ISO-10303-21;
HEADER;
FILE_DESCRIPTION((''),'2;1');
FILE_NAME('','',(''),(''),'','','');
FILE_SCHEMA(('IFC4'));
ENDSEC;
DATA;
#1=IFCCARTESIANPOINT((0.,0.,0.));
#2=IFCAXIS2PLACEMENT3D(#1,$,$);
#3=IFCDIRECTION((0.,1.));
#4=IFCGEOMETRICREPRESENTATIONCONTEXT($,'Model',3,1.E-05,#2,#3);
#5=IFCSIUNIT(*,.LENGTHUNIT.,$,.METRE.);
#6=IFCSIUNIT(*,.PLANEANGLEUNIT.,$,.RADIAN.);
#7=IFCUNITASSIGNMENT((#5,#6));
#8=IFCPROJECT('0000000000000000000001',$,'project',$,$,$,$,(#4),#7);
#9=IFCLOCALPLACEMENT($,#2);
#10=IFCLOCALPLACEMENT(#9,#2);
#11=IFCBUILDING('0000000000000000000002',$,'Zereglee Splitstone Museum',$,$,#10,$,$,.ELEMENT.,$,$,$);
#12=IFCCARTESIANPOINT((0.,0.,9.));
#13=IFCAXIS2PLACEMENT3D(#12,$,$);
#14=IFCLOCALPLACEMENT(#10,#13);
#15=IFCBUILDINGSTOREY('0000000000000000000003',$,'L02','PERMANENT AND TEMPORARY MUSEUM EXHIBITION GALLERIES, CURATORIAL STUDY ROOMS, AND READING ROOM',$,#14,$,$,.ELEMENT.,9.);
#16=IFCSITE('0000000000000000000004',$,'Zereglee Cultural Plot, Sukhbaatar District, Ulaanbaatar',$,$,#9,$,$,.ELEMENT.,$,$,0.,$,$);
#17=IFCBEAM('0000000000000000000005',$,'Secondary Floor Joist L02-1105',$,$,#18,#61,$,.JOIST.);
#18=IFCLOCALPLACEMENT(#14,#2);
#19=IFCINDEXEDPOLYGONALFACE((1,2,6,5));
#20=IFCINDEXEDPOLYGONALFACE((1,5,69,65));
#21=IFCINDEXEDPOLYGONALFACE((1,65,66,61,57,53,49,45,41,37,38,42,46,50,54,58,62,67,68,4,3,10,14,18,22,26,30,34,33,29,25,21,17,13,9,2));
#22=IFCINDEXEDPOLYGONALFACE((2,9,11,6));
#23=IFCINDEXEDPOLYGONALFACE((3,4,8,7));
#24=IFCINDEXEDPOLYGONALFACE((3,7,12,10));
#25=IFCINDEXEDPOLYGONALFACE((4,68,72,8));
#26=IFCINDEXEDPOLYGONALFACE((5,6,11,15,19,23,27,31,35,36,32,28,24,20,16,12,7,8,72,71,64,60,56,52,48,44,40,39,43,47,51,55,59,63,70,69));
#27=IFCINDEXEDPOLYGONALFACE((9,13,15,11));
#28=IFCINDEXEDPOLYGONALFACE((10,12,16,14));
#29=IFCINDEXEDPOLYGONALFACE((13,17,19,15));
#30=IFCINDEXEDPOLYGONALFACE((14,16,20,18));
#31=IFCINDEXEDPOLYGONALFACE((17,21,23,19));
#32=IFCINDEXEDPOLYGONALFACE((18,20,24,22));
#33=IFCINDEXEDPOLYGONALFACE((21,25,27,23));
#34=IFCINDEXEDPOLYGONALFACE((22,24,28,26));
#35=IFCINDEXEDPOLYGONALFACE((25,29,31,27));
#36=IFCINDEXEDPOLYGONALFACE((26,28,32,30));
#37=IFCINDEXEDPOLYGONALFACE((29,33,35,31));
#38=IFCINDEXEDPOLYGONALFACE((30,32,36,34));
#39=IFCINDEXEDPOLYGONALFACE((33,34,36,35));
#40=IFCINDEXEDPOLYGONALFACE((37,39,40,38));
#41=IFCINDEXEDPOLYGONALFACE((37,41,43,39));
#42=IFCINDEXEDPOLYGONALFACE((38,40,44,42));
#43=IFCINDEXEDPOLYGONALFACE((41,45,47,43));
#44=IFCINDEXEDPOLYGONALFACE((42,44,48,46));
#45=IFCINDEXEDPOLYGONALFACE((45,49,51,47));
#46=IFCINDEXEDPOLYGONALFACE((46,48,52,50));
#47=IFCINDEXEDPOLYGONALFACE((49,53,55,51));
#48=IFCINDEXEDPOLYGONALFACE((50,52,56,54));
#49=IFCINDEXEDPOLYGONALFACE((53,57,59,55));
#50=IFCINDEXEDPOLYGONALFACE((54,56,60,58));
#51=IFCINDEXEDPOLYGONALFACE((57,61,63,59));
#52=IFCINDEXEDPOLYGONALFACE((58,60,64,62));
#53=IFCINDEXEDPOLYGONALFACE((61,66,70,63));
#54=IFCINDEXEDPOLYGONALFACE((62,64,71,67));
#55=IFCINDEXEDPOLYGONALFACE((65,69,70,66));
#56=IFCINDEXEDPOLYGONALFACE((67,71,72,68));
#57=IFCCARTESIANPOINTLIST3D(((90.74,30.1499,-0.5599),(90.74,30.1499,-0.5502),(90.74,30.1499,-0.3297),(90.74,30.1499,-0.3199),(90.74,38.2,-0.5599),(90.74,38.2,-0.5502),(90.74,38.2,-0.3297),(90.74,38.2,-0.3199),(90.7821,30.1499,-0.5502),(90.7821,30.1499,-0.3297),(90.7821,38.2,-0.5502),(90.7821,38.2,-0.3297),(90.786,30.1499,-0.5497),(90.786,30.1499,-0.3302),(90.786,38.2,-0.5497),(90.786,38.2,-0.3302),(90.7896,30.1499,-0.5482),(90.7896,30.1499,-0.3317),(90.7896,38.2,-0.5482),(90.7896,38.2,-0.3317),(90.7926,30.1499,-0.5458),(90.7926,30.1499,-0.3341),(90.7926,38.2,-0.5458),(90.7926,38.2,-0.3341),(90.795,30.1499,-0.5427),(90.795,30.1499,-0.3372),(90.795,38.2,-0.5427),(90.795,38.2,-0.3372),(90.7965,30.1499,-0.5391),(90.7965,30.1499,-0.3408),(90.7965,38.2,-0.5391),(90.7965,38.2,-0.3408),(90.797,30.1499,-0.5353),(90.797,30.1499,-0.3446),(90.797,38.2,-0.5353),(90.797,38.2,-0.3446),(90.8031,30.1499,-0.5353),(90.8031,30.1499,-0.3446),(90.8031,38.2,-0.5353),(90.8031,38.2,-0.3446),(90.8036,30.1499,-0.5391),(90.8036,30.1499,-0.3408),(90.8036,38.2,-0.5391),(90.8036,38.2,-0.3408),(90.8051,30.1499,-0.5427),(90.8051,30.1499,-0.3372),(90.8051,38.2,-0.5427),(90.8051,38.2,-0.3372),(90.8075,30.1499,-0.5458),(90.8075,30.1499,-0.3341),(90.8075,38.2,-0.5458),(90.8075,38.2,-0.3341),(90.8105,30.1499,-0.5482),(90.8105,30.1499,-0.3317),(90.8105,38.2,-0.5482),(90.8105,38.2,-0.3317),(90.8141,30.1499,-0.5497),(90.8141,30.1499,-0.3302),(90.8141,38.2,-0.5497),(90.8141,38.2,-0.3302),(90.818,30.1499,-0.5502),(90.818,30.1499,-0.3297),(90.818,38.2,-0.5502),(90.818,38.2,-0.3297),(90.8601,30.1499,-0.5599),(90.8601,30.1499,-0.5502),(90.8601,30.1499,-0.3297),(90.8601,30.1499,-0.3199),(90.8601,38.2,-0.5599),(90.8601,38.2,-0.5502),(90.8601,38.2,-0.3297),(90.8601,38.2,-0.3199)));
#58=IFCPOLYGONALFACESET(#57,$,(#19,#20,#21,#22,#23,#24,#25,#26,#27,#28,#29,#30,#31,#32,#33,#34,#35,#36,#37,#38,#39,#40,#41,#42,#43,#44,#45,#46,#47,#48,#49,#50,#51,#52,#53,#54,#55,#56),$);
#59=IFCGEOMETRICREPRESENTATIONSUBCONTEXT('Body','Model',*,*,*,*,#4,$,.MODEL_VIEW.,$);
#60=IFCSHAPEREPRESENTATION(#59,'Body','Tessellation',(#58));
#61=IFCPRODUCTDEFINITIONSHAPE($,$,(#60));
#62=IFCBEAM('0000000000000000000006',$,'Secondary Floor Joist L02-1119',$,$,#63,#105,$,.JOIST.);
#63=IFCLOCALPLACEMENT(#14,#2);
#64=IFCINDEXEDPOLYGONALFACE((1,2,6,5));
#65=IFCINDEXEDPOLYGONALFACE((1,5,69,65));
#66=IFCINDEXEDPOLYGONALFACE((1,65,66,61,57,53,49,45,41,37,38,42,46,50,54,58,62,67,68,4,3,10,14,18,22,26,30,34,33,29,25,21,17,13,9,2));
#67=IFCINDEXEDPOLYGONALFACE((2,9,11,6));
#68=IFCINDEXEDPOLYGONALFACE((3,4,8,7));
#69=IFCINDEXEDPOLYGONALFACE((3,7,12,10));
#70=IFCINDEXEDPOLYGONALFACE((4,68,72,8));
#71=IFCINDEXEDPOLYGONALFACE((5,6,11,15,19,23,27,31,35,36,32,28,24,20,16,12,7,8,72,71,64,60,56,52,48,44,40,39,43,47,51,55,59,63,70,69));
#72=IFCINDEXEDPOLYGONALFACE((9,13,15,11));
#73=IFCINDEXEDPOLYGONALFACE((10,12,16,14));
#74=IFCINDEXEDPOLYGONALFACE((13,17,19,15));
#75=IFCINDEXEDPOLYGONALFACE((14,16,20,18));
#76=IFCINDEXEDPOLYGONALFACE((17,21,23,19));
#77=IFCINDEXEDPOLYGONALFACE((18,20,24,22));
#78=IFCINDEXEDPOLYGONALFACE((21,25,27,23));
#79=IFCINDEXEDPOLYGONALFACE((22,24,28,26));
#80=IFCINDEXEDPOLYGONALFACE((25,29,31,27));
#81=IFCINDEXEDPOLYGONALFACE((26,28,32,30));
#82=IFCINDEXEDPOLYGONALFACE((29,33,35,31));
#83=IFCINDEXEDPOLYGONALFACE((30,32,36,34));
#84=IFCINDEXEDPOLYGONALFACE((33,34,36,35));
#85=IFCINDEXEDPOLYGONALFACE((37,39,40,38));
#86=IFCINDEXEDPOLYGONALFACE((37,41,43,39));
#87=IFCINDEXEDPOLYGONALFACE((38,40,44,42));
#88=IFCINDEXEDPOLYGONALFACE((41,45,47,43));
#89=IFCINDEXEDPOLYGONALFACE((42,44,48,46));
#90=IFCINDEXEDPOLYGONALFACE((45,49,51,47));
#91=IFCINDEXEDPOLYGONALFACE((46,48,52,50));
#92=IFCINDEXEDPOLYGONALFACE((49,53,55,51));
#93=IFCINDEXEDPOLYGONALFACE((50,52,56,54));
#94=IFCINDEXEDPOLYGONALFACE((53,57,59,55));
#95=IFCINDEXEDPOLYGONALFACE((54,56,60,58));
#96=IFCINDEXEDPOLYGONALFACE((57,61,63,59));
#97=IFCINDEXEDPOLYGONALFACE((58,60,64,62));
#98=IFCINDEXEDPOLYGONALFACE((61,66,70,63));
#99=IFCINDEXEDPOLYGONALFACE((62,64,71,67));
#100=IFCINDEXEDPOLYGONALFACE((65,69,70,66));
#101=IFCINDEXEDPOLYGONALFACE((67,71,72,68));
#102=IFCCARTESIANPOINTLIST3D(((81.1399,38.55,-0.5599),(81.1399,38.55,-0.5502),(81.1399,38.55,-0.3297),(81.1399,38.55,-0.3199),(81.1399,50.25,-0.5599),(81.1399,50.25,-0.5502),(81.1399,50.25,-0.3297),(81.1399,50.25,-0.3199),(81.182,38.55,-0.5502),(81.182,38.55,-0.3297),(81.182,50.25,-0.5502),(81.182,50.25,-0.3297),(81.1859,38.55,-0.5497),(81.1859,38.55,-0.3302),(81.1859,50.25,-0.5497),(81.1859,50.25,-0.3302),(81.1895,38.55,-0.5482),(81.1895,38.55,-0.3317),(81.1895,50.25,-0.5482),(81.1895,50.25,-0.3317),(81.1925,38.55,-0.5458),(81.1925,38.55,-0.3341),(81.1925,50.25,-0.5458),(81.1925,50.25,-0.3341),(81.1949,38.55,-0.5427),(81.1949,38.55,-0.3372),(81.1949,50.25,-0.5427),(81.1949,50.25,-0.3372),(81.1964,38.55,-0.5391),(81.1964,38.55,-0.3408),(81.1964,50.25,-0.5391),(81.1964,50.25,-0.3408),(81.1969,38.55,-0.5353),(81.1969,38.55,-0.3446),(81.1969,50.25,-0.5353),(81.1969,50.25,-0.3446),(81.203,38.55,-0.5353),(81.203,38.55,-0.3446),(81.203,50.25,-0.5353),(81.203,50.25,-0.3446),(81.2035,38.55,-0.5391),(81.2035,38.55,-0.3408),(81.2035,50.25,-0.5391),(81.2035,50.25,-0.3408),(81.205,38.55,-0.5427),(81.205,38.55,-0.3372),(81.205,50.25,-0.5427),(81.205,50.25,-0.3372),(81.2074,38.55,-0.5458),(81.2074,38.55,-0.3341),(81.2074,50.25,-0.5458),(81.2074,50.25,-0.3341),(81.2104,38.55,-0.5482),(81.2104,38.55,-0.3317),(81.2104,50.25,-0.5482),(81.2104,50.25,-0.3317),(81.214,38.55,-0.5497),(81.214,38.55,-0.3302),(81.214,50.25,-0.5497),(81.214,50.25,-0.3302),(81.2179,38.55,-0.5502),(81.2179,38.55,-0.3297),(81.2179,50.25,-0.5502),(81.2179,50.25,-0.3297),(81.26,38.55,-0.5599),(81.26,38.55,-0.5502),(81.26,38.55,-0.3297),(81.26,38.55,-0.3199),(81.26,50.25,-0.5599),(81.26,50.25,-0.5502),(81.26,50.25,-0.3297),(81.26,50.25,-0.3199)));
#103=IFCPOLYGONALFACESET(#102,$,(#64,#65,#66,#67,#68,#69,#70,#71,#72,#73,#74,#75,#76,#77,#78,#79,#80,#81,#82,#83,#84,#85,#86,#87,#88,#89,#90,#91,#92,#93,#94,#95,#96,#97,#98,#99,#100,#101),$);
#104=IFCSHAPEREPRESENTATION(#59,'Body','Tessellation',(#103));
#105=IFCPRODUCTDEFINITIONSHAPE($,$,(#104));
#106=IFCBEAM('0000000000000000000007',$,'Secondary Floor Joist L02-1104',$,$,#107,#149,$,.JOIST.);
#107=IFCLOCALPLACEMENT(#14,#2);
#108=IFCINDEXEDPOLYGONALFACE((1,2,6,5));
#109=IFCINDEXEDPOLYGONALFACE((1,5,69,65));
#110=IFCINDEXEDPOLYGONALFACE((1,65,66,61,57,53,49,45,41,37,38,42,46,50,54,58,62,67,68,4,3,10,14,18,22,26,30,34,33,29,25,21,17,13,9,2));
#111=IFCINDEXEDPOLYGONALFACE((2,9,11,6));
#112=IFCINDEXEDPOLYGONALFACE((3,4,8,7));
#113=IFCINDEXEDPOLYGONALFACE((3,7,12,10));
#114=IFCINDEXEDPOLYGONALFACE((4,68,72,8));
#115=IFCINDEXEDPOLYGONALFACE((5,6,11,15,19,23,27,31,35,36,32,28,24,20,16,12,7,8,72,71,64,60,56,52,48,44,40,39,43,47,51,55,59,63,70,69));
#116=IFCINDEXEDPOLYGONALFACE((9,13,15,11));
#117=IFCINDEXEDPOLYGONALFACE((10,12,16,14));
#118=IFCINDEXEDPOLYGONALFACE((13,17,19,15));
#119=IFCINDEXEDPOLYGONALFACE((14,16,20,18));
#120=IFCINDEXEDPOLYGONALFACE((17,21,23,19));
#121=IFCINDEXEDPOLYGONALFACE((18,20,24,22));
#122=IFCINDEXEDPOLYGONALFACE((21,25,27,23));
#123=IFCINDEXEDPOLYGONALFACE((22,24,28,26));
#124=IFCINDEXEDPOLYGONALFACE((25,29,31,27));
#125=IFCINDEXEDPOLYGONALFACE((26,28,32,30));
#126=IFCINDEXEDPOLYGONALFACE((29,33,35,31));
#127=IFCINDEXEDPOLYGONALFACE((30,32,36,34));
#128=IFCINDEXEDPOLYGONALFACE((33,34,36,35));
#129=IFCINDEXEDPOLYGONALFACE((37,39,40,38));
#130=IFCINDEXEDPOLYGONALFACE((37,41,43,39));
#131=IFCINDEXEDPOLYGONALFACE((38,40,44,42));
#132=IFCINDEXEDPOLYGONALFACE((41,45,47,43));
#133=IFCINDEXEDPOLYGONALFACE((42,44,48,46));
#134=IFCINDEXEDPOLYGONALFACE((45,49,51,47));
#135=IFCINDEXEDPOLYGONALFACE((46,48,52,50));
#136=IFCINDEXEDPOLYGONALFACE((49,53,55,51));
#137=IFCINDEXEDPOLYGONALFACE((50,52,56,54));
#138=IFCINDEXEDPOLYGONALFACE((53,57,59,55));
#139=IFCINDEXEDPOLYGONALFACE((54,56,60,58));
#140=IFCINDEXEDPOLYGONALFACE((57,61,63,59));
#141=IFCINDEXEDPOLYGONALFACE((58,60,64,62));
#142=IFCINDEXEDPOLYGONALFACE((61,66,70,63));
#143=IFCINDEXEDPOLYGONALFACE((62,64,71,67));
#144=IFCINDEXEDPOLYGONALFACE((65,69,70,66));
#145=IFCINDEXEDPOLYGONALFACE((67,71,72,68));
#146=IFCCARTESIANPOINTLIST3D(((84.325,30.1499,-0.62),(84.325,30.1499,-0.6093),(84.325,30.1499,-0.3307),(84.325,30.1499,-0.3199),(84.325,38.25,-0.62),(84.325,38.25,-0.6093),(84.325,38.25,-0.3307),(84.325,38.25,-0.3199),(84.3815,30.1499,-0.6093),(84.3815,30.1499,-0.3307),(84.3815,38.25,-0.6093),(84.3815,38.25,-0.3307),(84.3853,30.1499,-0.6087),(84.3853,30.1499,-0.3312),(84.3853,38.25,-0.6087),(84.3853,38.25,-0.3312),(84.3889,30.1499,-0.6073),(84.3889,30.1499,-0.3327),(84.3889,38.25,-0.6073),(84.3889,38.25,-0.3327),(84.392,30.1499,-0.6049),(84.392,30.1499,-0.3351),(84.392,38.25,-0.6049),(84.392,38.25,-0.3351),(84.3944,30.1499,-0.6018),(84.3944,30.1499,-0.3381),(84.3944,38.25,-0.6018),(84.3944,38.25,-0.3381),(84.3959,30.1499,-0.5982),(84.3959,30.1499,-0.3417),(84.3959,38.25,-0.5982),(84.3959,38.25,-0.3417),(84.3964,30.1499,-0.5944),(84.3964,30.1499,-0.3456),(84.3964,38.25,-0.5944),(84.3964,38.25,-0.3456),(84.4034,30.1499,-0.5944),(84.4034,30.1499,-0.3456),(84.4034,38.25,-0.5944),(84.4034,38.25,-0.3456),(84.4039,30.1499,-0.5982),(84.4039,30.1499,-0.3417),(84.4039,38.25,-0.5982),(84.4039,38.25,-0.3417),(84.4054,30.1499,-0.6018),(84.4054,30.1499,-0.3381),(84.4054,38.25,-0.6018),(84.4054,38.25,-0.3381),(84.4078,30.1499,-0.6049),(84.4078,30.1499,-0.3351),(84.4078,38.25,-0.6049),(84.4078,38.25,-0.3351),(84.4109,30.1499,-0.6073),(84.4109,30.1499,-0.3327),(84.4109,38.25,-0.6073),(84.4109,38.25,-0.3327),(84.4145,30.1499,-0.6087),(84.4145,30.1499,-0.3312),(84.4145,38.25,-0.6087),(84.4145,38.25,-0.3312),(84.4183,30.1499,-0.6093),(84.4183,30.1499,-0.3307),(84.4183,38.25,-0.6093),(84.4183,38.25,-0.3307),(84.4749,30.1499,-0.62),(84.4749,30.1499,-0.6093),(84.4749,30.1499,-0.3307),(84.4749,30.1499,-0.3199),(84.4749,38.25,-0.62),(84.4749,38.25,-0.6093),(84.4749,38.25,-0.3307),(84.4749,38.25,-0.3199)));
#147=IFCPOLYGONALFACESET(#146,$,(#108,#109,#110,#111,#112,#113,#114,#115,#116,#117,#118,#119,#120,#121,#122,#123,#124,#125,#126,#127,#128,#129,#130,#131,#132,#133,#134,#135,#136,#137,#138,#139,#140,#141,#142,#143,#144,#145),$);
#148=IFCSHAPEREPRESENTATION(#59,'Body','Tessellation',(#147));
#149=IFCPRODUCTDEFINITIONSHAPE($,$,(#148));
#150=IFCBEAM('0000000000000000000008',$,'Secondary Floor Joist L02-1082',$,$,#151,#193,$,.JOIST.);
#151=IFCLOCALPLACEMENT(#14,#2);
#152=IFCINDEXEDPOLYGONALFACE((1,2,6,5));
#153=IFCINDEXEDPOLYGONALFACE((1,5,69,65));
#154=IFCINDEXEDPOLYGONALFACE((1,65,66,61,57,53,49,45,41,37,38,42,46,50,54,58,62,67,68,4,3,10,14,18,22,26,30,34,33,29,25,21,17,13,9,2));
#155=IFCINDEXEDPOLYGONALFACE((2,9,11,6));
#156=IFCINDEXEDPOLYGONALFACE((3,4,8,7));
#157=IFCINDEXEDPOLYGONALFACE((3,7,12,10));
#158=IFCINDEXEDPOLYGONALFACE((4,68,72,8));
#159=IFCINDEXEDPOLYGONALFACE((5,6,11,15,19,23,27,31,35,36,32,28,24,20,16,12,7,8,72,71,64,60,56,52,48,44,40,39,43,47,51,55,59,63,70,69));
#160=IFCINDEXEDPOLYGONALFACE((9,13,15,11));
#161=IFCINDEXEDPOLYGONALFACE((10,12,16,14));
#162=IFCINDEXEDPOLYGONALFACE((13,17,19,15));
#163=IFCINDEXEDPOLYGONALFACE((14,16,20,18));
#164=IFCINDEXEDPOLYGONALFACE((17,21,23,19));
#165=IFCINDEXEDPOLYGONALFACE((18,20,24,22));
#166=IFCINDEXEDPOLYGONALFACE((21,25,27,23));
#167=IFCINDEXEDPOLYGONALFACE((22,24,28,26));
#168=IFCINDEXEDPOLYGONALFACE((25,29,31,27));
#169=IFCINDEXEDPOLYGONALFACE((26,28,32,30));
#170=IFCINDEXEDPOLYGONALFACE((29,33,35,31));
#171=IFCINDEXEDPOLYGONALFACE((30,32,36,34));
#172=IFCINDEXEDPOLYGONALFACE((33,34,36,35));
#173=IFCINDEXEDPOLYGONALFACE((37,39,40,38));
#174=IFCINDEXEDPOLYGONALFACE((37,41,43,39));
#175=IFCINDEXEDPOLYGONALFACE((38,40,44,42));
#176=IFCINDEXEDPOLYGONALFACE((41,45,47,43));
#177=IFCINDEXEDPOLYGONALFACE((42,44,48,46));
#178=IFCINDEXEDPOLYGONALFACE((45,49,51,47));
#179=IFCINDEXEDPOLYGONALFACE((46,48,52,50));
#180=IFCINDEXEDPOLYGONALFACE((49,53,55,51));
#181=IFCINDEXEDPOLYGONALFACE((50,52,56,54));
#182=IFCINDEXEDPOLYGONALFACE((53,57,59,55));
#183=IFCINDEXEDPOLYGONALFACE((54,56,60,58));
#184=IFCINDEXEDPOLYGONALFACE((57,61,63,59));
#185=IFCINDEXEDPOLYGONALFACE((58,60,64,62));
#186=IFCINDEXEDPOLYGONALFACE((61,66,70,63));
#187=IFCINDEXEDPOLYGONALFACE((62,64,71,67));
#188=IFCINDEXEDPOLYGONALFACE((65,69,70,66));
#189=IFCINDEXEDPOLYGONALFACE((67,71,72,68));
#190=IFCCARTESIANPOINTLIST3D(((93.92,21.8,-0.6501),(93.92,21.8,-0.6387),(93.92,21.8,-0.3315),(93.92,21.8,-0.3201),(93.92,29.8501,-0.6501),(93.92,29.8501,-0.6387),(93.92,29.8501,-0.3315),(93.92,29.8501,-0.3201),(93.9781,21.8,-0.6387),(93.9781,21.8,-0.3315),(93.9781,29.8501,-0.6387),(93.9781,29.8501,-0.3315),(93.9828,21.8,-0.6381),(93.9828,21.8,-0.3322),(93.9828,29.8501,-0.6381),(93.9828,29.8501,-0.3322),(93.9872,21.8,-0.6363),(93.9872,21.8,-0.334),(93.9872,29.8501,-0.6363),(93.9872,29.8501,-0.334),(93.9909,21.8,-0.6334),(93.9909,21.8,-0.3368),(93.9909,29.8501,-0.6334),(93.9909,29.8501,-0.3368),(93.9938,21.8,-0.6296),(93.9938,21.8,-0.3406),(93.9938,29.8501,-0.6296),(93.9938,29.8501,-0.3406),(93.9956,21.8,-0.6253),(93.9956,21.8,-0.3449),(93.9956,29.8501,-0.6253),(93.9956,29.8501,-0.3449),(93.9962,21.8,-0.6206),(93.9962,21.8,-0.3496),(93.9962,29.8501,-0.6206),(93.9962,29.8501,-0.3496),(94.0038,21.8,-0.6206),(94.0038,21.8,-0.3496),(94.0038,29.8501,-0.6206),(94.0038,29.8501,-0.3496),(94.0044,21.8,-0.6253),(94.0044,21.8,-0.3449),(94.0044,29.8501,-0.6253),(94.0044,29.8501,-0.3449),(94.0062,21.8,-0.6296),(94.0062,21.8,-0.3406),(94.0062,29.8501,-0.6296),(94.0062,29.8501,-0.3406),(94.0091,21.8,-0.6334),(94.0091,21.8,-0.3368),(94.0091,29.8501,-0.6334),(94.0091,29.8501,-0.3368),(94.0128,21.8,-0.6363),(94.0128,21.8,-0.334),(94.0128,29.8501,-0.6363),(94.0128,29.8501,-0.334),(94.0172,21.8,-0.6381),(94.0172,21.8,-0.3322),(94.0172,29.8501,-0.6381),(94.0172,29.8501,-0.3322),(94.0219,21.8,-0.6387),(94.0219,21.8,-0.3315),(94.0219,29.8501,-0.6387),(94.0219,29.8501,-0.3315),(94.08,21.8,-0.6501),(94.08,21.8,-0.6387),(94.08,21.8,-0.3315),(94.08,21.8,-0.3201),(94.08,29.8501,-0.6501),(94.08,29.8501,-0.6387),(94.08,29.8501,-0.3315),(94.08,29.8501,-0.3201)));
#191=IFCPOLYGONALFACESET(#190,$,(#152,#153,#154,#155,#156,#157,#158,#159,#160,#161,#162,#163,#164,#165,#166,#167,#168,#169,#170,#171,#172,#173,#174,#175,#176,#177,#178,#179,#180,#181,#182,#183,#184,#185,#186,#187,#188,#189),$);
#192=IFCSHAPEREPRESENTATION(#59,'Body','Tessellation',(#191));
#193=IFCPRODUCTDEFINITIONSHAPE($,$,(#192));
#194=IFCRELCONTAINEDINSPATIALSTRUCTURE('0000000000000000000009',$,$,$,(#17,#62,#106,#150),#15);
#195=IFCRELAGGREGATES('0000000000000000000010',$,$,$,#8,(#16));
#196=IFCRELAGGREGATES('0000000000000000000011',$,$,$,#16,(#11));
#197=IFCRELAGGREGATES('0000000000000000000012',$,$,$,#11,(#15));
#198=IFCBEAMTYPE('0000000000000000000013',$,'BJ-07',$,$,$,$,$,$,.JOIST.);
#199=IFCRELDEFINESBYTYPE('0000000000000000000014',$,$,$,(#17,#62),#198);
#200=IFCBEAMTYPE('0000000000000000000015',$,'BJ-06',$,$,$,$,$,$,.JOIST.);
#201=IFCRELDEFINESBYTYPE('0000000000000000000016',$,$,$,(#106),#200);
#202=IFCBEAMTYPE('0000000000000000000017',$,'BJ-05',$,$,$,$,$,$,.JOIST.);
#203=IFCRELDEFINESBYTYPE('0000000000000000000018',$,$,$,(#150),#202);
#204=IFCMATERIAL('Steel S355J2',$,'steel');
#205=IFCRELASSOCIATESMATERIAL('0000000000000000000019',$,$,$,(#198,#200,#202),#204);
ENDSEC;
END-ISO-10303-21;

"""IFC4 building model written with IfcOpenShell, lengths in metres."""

from ifc_helpers import new_model, si_unit, direction, frame, origin, origin_2d, place, context, subcontext, project, spatial, i_section, extrude, material, material_profile, profile_set, type_object, element, save


model = new_model("IFC4")

# Units and contexts
model_context = context("Model", 3, precision=1e-05, world=origin(), true_north=direction((0.0, 1.0)))
body_context = subcontext(model_context, "Body", "Model", "MODEL_VIEW")
ifc_project = project(units=[si_unit("LENGTHUNIT", "METRE"), si_unit("PLANEANGLEUNIT", "RADIAN")], contexts=[model_context])

# Site, building, storey
site_placement = place(None, origin())
site = spatial("IfcSite", under=ifc_project, at=site_placement, Name="Zereglee Cultural Plot, Sukhbaatar District, Ulaanbaatar", CompositionType="ELEMENT", RefElevation=0.0)
building_placement = place(site_placement, origin())
building = spatial("IfcBuilding", under=site, at=building_placement, Name="Zereglee Splitstone Museum", CompositionType="ELEMENT")
storey_placement = place(building_placement, frame((0.0, 0.0, 9.0)))
storey = spatial("IfcBuildingStorey", under=building, at=storey_placement, Name="L02", Description="PERMANENT AND TEMPORARY MUSEUM EXHIBITION GALLERIES, CURATORIAL STUDY ROOMS, AND READING ROOM", CompositionType="ELEMENT", Elevation=9.0)

# Shared definitions
ifc_material_1 = material(Name="Steel S355J2", Category="steel")

# Beams
ifc_material_profile_1 = material_profile(ifc_material_1, i_section(OverallWidth=0.1201, OverallDepth=0.24, WebThickness=0.0061, FlangeThickness=0.0098, FilletRadius=0.0149, at=origin_2d()), Name="IPE 240")
ifc_profile_set_1 = profile_set([ifc_material_profile_1], Name="Steel S355J2")
beam_type_1 = type_object("IfcBeamType", Name="BJ-07", PredefinedType="JOIST", material=ifc_profile_set_1)
beam_1_placement = place(storey_placement, frame((90.8, 30.1499, -0.4399), z_axis=(0.0, 1.0, 0.0), x_axis=(-1.0, 0.0, 0.0)))
element("IfcBeam", 1, at=beam_1_placement, inside=storey, type_object=beam_type_1, Name="Secondary Floor Joist L02-1105", PredefinedType="JOIST", context=body_context, shape_type="SweptSolid", body=[
    extrude(i_section(OverallWidth=0.1201, OverallDepth=0.24, WebThickness=0.0061, FlangeThickness=0.0098, FilletRadius=0.0149, at=origin_2d()), origin(), (0.0, 0.0, 1.0), 8.05),
])
beam_2_placement = place(storey_placement, frame((81.2, 38.55, -0.4399), z_axis=(0.0, 1.0, 0.0), x_axis=(-1.0, 0.0, 0.0)))
element("IfcBeam", 2, at=beam_2_placement, inside=storey, type_object=beam_type_1, Name="Secondary Floor Joist L02-1119", PredefinedType="JOIST", context=body_context, shape_type="SweptSolid", body=[
    extrude(i_section(OverallWidth=0.1201, OverallDepth=0.24, WebThickness=0.0061, FlangeThickness=0.0098, FilletRadius=0.0149, at=origin_2d()), origin(), (0.0, 0.0, 1.0), 11.7),
])
ifc_material_profile_2 = material_profile(ifc_material_1, i_section(OverallWidth=0.1499, OverallDepth=0.3, WebThickness=0.0071, FlangeThickness=0.0107, FilletRadius=0.0149, at=origin_2d()), Name="IPE 300")
ifc_profile_set_2 = profile_set([ifc_material_profile_2], Name="Steel S355J2")
beam_type_2 = type_object("IfcBeamType", Name="BJ-06", PredefinedType="JOIST", material=ifc_profile_set_2)
beam_3_placement = place(storey_placement, frame((84.3999, 30.1499, -0.47), z_axis=(0.0, 1.0, 0.0), x_axis=(-1.0, 0.0, 0.0)))
element("IfcBeam", 3, at=beam_3_placement, inside=storey, type_object=beam_type_2, Name="Secondary Floor Joist L02-1104", PredefinedType="JOIST", context=body_context, shape_type="SweptSolid", body=[
    extrude(i_section(OverallWidth=0.1499, OverallDepth=0.3, WebThickness=0.0071, FlangeThickness=0.0107, FilletRadius=0.0149, at=origin_2d()), origin(), (0.0, 0.0, 1.0), 8.1001),
])
ifc_material_profile_3 = material_profile(ifc_material_1, i_section(OverallWidth=0.1599, OverallDepth=0.3301, WebThickness=0.0076, FlangeThickness=0.0115, FilletRadius=0.0181, at=origin_2d()), Name="IPE 330")
ifc_profile_set_3 = profile_set([ifc_material_profile_3], Name="Steel S355J2")
beam_type_3 = type_object("IfcBeamType", Name="BJ-05", PredefinedType="JOIST", material=ifc_profile_set_3)
beam_4_placement = place(storey_placement, frame((94.0, 21.8, -0.4851), z_axis=(0.0, 1.0, 0.0), x_axis=(-1.0, 0.0, 0.0)))
element("IfcBeam", 4, at=beam_4_placement, inside=storey, type_object=beam_type_3, Name="Secondary Floor Joist L02-1082", PredefinedType="JOIST", context=body_context, shape_type="SweptSolid", body=[
    extrude(i_section(OverallWidth=0.1599, OverallDepth=0.3301, WebThickness=0.0076, FlangeThickness=0.0115, FilletRadius=0.0181, at=origin_2d()), origin(), (0.0, 0.0, 1.0), 8.05),
])

save(model, "model.ifc")
